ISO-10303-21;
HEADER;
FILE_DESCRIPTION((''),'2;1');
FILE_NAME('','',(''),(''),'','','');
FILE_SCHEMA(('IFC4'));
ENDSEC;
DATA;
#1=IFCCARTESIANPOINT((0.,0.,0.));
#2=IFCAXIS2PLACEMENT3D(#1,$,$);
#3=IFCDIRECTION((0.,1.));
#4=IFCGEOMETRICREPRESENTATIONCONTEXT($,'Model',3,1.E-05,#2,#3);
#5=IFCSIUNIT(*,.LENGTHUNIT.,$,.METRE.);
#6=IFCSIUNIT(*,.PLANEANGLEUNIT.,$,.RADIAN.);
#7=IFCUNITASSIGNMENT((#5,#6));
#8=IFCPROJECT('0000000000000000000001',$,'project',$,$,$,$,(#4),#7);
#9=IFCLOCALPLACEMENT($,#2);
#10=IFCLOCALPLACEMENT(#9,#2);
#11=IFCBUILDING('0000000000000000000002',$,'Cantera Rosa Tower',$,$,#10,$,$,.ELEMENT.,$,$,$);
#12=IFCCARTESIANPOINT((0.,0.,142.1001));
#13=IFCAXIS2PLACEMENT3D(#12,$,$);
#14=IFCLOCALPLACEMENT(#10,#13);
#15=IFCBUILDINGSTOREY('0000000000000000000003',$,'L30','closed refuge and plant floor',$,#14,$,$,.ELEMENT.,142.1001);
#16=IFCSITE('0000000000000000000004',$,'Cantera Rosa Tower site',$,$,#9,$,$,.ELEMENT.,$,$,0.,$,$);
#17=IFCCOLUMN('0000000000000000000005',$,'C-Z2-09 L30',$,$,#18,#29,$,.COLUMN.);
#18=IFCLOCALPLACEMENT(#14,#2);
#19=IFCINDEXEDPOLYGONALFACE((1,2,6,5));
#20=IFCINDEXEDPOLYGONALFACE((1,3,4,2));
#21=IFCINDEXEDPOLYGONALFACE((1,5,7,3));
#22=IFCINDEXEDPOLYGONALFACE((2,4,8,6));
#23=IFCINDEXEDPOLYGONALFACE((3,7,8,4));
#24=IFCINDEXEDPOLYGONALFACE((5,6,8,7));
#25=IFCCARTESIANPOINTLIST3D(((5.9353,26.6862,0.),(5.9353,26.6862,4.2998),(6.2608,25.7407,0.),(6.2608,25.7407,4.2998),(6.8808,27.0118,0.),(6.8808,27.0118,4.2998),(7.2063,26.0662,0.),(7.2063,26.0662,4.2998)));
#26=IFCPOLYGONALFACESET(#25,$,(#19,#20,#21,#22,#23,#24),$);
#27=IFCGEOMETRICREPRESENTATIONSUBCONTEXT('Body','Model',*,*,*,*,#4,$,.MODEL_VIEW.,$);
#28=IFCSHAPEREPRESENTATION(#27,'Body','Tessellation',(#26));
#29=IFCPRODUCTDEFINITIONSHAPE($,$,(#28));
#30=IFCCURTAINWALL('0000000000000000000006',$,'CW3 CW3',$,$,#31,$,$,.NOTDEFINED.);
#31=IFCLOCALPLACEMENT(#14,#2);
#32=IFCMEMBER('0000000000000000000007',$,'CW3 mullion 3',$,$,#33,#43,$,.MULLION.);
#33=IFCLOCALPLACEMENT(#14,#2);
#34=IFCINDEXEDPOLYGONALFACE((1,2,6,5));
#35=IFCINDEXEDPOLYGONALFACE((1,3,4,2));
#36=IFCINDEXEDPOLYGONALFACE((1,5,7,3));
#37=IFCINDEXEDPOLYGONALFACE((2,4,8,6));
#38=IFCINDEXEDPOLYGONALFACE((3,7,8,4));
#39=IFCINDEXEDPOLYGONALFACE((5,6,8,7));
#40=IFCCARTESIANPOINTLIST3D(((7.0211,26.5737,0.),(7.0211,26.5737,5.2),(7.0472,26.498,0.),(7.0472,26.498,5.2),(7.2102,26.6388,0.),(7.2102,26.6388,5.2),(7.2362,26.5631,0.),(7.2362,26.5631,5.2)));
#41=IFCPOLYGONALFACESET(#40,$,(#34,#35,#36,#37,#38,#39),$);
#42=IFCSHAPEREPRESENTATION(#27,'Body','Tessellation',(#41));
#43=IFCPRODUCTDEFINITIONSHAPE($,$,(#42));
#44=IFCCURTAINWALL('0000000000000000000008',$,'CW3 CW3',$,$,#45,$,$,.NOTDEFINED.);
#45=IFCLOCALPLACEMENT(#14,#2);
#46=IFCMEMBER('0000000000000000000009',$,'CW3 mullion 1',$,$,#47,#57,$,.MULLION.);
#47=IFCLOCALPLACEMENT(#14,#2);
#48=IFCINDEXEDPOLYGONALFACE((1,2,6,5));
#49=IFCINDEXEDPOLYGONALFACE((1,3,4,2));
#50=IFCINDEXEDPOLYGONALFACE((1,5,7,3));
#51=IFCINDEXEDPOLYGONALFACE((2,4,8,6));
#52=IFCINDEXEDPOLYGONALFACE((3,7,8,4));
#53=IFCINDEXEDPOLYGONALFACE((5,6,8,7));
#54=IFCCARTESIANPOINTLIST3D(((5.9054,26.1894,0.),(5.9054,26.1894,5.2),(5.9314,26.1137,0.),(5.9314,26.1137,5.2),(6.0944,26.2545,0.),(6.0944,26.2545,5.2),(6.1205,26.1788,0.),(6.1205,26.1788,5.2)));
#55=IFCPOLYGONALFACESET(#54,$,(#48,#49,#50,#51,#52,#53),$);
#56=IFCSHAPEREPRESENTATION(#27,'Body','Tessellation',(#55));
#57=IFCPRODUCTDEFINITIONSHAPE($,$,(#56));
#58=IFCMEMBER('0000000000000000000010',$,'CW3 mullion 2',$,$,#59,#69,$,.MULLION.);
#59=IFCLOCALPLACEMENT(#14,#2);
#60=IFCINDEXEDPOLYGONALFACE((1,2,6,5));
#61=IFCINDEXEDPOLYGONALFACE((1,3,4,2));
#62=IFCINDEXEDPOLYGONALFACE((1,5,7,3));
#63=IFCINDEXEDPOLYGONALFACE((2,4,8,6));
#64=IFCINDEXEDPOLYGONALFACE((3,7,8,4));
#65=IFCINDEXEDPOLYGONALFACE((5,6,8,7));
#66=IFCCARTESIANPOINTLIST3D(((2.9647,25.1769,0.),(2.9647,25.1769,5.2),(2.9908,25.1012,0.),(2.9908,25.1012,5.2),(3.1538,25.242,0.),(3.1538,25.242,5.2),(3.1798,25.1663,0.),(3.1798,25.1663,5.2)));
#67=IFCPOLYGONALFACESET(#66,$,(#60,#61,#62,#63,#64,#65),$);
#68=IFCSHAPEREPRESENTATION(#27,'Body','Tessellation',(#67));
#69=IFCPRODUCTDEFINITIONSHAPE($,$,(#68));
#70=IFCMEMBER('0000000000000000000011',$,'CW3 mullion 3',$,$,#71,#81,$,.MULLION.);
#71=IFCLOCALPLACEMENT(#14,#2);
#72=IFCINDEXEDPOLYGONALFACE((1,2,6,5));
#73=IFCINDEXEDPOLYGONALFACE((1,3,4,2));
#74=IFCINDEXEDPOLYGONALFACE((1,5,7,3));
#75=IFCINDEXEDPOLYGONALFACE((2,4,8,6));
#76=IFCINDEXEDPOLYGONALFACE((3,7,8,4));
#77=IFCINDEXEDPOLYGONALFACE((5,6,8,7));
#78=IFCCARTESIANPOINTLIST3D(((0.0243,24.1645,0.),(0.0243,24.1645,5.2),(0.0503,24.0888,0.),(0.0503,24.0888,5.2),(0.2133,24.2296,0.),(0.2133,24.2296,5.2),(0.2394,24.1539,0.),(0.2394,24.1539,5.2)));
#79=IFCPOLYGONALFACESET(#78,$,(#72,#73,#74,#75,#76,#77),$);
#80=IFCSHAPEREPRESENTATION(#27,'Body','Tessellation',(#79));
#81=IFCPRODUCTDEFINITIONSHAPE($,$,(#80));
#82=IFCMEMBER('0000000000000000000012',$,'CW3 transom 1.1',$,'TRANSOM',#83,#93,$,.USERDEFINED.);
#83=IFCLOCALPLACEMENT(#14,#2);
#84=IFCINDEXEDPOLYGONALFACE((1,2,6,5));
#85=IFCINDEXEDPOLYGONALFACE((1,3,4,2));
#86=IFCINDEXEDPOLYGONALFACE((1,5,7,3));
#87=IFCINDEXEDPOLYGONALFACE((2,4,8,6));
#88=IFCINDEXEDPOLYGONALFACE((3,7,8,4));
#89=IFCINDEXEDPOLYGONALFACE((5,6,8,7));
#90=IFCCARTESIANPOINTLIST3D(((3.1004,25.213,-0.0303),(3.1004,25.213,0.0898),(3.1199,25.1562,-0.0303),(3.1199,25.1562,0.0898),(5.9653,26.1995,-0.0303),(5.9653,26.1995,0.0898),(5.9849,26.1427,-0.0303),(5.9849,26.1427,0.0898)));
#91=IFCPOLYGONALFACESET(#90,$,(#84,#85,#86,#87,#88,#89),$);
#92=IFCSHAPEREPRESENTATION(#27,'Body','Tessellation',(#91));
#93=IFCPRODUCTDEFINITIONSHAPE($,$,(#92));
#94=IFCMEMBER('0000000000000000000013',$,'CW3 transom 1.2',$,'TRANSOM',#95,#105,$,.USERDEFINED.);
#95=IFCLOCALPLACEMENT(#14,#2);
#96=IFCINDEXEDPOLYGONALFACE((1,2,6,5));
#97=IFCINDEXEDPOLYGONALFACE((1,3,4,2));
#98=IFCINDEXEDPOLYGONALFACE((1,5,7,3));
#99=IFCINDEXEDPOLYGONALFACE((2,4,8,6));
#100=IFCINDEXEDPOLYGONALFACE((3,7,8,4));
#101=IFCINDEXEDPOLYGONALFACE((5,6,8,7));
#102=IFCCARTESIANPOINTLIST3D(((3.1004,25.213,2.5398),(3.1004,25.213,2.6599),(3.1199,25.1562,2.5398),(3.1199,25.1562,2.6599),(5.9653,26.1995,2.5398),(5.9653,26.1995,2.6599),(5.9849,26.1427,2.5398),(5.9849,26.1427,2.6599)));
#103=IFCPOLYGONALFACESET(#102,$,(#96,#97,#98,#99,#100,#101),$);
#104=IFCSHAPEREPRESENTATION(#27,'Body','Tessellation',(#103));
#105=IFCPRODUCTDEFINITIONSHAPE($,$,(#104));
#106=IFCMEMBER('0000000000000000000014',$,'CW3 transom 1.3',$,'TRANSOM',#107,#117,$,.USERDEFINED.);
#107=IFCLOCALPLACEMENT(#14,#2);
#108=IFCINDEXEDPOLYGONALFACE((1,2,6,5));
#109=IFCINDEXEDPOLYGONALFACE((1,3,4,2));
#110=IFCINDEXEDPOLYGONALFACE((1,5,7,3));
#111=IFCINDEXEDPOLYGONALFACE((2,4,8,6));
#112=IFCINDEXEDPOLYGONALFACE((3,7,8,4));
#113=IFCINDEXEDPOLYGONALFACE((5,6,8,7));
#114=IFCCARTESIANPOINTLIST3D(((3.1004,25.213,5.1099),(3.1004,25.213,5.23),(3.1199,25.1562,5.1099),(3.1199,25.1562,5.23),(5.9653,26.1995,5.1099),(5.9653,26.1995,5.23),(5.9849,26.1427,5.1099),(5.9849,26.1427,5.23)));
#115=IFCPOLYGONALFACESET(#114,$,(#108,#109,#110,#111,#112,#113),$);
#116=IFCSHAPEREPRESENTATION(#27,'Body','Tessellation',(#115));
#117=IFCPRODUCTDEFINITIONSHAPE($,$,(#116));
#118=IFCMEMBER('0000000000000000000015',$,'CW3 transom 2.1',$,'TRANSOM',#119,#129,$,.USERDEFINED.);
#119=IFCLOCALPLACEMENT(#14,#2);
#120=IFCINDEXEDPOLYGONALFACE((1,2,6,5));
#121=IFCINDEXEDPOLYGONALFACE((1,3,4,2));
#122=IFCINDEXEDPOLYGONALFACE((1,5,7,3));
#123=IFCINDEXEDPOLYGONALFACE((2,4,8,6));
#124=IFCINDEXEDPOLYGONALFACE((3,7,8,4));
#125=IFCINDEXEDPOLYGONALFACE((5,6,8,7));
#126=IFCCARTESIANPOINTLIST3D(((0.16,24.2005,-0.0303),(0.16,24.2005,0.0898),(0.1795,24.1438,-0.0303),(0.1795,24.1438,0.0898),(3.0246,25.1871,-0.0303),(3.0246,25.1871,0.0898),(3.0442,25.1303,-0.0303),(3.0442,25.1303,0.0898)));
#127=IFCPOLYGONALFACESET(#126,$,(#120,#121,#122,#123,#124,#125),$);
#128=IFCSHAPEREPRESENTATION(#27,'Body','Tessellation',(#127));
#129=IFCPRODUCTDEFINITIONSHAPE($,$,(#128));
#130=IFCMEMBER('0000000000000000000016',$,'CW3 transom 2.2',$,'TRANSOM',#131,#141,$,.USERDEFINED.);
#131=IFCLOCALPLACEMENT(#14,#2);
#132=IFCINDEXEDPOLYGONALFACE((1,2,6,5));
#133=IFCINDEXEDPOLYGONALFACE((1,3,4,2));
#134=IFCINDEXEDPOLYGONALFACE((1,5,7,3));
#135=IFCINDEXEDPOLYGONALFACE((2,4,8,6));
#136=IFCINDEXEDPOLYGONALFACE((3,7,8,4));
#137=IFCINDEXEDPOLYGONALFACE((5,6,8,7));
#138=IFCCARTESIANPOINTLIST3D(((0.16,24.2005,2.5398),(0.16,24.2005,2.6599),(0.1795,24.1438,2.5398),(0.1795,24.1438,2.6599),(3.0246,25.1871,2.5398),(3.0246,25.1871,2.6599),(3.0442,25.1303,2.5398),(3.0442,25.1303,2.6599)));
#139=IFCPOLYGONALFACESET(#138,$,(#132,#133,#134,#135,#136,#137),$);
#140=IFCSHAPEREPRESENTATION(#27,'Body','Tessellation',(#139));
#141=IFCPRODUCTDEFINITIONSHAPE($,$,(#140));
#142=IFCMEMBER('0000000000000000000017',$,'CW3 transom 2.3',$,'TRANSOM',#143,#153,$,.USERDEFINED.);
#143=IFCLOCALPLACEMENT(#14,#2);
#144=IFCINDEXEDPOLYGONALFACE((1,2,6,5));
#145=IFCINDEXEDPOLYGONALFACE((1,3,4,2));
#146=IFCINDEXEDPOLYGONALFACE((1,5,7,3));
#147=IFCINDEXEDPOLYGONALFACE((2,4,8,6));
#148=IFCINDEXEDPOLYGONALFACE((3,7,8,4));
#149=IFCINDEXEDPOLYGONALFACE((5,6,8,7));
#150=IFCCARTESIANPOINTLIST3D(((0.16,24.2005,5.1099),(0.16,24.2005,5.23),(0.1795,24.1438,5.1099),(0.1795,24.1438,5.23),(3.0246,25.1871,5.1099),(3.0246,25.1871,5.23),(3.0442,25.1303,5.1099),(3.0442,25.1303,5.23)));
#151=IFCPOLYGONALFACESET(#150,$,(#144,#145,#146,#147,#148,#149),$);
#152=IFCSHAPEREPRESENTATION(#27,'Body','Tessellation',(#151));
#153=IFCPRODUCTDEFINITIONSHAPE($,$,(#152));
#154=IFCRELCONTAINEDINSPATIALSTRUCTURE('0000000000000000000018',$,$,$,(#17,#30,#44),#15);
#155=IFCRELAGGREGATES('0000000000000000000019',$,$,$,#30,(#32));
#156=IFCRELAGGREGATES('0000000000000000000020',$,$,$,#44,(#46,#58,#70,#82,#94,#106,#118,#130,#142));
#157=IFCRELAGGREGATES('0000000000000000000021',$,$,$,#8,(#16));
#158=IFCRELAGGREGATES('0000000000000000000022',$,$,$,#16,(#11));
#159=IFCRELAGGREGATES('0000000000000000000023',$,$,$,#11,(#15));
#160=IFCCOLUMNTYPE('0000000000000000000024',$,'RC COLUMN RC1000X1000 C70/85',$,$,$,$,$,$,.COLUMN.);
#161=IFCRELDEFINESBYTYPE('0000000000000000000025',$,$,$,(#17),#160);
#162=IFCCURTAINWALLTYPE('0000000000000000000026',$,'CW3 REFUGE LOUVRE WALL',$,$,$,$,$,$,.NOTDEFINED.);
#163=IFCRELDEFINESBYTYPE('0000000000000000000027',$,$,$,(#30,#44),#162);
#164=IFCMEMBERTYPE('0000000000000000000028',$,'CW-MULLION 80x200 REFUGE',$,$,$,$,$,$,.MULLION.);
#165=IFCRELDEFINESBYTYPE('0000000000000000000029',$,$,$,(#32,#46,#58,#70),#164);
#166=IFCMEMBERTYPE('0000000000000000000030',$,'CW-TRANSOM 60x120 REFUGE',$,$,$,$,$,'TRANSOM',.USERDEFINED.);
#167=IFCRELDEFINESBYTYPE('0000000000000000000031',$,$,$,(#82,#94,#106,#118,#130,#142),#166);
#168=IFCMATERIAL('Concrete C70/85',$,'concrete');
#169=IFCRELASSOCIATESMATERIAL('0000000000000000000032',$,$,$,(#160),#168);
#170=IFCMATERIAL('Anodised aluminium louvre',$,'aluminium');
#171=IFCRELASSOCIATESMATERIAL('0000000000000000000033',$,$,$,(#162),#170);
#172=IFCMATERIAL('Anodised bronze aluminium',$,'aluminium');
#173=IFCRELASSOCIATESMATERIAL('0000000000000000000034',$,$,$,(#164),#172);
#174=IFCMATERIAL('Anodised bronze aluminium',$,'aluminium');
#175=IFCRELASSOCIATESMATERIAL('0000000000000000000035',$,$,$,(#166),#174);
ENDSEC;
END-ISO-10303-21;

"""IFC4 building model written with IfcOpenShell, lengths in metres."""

from ifc_helpers import new_model, si_unit, direction, frame, origin, origin_2d, place, context, subcontext, project, spatial, rectangle, extrude, material, material_profile, profile_set, type_object, element, aggregate, save


model = new_model("IFC4")

# Units and contexts
model_context = context("Model", 3, precision=1e-05, world=origin(), true_north=direction((0.0, 1.0)))
body_context = subcontext(model_context, "Body", "Model", "MODEL_VIEW")
ifc_project = project(units=[si_unit("LENGTHUNIT", "METRE"), si_unit("PLANEANGLEUNIT", "RADIAN")], contexts=[model_context])

# Site, building, storey
site_placement = place(None, origin())
site = spatial("IfcSite", under=ifc_project, at=site_placement, Name="Cantera Rosa Tower site", CompositionType="ELEMENT", RefElevation=0.0)
building_placement = place(site_placement, origin())
building = spatial("IfcBuilding", under=site, at=building_placement, Name="Cantera Rosa Tower", CompositionType="ELEMENT")
storey_placement = place(building_placement, frame((0.0, 0.0, 142.1001)))
storey = spatial("IfcBuildingStorey", under=building, at=storey_placement, Name="L30", Description="closed refuge and plant floor", CompositionType="ELEMENT", Elevation=142.1001)

# Column
ifc_material_1 = material(Name="Concrete C70/85", Category="concrete")
ifc_material_profile_1 = material_profile(ifc_material_1, rectangle(XDim=1.0, YDim=1.0, at=origin_2d()), Name="RC COLUMN RC1000X1000 C70/85")
ifc_profile_set_1 = profile_set([ifc_material_profile_1], Name="Concrete C70/85")
column_type = type_object("IfcColumnType", Name="RC COLUMN RC1000X1000 C70/85", PredefinedType="COLUMN", material=ifc_profile_set_1)
column_placement = place(storey_placement, frame((6.5708, 26.3762, 0.0), z_axis=(0.0, 0.0, 1.0), x_axis=(0.945519, 0.325568, 0.0)))
element("IfcColumn", 1, at=column_placement, inside=storey, type_object=column_type, Name="C-Z2-09 L30", PredefinedType="COLUMN", context=body_context, shape_type="SweptSolid", body=[
    extrude(rectangle(XDim=1.0, YDim=1.0, at=origin_2d()), origin(), (0.0, 0.0, 1.0), 4.2998),
])

# Curtain wall, member
ifc_material_2 = material(Name="Anodised aluminium louvre", Category="aluminium")
curtain_wall_type = type_object("IfcCurtainWallType", Name="CW3 REFUGE LOUVRE WALL", PredefinedType="NOTDEFINED", material=ifc_material_2)
curtain_wall_1_placement = place(storey_placement, origin())
curtain_wall_1 = element("IfcCurtainWall", 2, at=curtain_wall_1_placement, inside=storey, type_object=curtain_wall_type, Name="CW3 CW3", PredefinedType="NOTDEFINED")
ifc_material_3 = material(Name="Anodised bronze aluminium", Category="aluminium")
ifc_material_profile_2 = material_profile(ifc_material_3, rectangle(XDim=0.0801, YDim=0.2, at=origin_2d()), Name="CW-MULLION 80x200 REFUGE")
ifc_profile_set_2 = profile_set([ifc_material_profile_2], Name="Anodised bronze aluminium")
member_type_1 = type_object("IfcMemberType", Name="CW-MULLION 80x200 REFUGE", PredefinedType="MULLION", material=ifc_profile_set_2)
member_1_placement = place(storey_placement, frame((7.1287, 26.5684, 0.0), z_axis=(0.0, 0.0, 1.0), x_axis=(0.325568, -0.945519, 0.0)))
member_1 = element("IfcMember", 3, at=member_1_placement, type_object=member_type_1, Name="CW3 mullion 3", PredefinedType="MULLION", context=body_context, shape_type="SweptSolid", body=[
    extrude(rectangle(XDim=0.0801, YDim=0.2, at=origin_2d()), origin(), (0.0, 0.0, 1.0), 5.2),
])
aggregate(curtain_wall_1, [member_1])

# Curtain wall, members
curtain_wall_2_placement = place(storey_placement, origin())
curtain_wall_2 = element("IfcCurtainWall", 4, at=curtain_wall_2_placement, inside=storey, type_object=curtain_wall_type, Name="CW3 CW3", PredefinedType="NOTDEFINED")
member_2_placement = place(storey_placement, frame((6.0129, 26.1841, 0.0), z_axis=(0.0, 0.0, 1.0), x_axis=(0.325568, -0.945519, 0.0)))
member_2 = element("IfcMember", 5, at=member_2_placement, type_object=member_type_1, Name="CW3 mullion 1", PredefinedType="MULLION", context=body_context, shape_type="SweptSolid", body=[
    extrude(rectangle(XDim=0.0801, YDim=0.2, at=origin_2d()), origin(), (0.0, 0.0, 1.0), 5.2),
])
member_3_placement = place(storey_placement, frame((3.0723, 25.1716, 0.0), z_axis=(0.0, 0.0, 1.0), x_axis=(0.325568, -0.945519, 0.0)))
member_3 = element("IfcMember", 6, at=member_3_placement, type_object=member_type_1, Name="CW3 mullion 2", PredefinedType="MULLION", context=body_context, shape_type="SweptSolid", body=[
    extrude(rectangle(XDim=0.0801, YDim=0.2, at=origin_2d()), origin(), (0.0, 0.0, 1.0), 5.2),
])
member_4_placement = place(storey_placement, frame((0.1318, 24.1592, 0.0), z_axis=(0.0, 0.0, 1.0), x_axis=(0.325568, -0.945519, 0.0)))
member_4 = element("IfcMember", 7, at=member_4_placement, type_object=member_type_1, Name="CW3 mullion 3", PredefinedType="MULLION", context=body_context, shape_type="SweptSolid", body=[
    extrude(rectangle(XDim=0.0801, YDim=0.2, at=origin_2d()), origin(), (0.0, 0.0, 1.0), 5.2),
])
ifc_material_4 = material(Name="Anodised bronze aluminium", Category="aluminium")
ifc_material_profile_3 = material_profile(ifc_material_4, rectangle(XDim=0.0601, YDim=0.1201, at=origin_2d()), Name="CW-TRANSOM 60x120 REFUGE")
ifc_profile_set_3 = profile_set([ifc_material_profile_3], Name="Anodised bronze aluminium")
member_type_2 = type_object("IfcMemberType", Name="CW-TRANSOM 60x120 REFUGE", ElementType="TRANSOM", PredefinedType="USERDEFINED", material=ifc_profile_set_3)
member_5_placement = place(storey_placement, frame((5.9751, 26.1711, 0.0298), z_axis=(-0.945511, -0.325591, 0.0), x_axis=(0.325591, -0.945511, 0.0)))
member_5 = element("IfcMember", 8, at=member_5_placement, type_object=member_type_2, Name="CW3 transom 1.1", ObjectType="TRANSOM", PredefinedType="USERDEFINED", context=body_context, shape_type="SweptSolid", body=[
    extrude(rectangle(XDim=0.0601, YDim=0.1201, at=origin_2d()), origin(), (0.0, 0.0, 1.0), 3.03),
])
member_6_placement = place(storey_placement, frame((5.9751, 26.1711, 2.5999), z_axis=(-0.945511, -0.325591, 0.0), x_axis=(0.325591, -0.945511, 0.0)))
member_6 = element("IfcMember", 9, at=member_6_placement, type_object=member_type_2, Name="CW3 transom 1.2", ObjectType="TRANSOM", PredefinedType="USERDEFINED", context=body_context, shape_type="SweptSolid", body=[
    extrude(rectangle(XDim=0.0601, YDim=0.1201, at=origin_2d()), origin(), (0.0, 0.0, 1.0), 3.03),
])
member_7_placement = place(storey_placement, frame((5.9751, 26.1711, 5.1699), z_axis=(-0.945511, -0.325591, 0.0), x_axis=(0.325591, -0.945511, 0.0)))
member_7 = element("IfcMember", 10, at=member_7_placement, type_object=member_type_2, Name="CW3 transom 1.3", ObjectType="TRANSOM", PredefinedType="USERDEFINED", context=body_context, shape_type="SweptSolid", body=[
    extrude(rectangle(XDim=0.0601, YDim=0.1201, at=origin_2d()), origin(), (0.0, 0.0, 1.0), 3.03),
])
member_8_placement = place(storey_placement, frame((3.0344, 25.1587, 0.0298), z_axis=(-0.945502, -0.325616, 0.0), x_axis=(0.325616, -0.945502, 0.0)))
member_8 = element("IfcMember", 11, at=member_8_placement, type_object=member_type_2, Name="CW3 transom 2.1", ObjectType="TRANSOM", PredefinedType="USERDEFINED", context=body_context, shape_type="SweptSolid", body=[
    extrude(rectangle(XDim=0.0601, YDim=0.1201, at=origin_2d()), origin(), (0.0, 0.0, 1.0), 3.0298),
])
member_9_placement = place(storey_placement, frame((3.0344, 25.1587, 2.5999), z_axis=(-0.945502, -0.325616, 0.0), x_axis=(0.325616, -0.945502, 0.0)))
member_9 = element("IfcMember", 12, at=member_9_placement, type_object=member_type_2, Name="CW3 transom 2.2", ObjectType="TRANSOM", PredefinedType="USERDEFINED", context=body_context, shape_type="SweptSolid", body=[
    extrude(rectangle(XDim=0.0601, YDim=0.1201, at=origin_2d()), origin(), (0.0, 0.0, 1.0), 3.0298),
])
member_10_placement = place(storey_placement, frame((3.0344, 25.1587, 5.1699), z_axis=(-0.945502, -0.325616, 0.0), x_axis=(0.325616, -0.945502, 0.0)))
member_10 = element("IfcMember", 13, at=member_10_placement, type_object=member_type_2, Name="CW3 transom 2.3", ObjectType="TRANSOM", PredefinedType="USERDEFINED", context=body_context, shape_type="SweptSolid", body=[
    extrude(rectangle(XDim=0.0601, YDim=0.1201, at=origin_2d()), origin(), (0.0, 0.0, 1.0), 3.0298),
])

aggregate(curtain_wall_2, [member_2, member_3, member_4, member_5, member_6, member_7, member_8, member_9, member_10])

save(model, "model.ifc")
